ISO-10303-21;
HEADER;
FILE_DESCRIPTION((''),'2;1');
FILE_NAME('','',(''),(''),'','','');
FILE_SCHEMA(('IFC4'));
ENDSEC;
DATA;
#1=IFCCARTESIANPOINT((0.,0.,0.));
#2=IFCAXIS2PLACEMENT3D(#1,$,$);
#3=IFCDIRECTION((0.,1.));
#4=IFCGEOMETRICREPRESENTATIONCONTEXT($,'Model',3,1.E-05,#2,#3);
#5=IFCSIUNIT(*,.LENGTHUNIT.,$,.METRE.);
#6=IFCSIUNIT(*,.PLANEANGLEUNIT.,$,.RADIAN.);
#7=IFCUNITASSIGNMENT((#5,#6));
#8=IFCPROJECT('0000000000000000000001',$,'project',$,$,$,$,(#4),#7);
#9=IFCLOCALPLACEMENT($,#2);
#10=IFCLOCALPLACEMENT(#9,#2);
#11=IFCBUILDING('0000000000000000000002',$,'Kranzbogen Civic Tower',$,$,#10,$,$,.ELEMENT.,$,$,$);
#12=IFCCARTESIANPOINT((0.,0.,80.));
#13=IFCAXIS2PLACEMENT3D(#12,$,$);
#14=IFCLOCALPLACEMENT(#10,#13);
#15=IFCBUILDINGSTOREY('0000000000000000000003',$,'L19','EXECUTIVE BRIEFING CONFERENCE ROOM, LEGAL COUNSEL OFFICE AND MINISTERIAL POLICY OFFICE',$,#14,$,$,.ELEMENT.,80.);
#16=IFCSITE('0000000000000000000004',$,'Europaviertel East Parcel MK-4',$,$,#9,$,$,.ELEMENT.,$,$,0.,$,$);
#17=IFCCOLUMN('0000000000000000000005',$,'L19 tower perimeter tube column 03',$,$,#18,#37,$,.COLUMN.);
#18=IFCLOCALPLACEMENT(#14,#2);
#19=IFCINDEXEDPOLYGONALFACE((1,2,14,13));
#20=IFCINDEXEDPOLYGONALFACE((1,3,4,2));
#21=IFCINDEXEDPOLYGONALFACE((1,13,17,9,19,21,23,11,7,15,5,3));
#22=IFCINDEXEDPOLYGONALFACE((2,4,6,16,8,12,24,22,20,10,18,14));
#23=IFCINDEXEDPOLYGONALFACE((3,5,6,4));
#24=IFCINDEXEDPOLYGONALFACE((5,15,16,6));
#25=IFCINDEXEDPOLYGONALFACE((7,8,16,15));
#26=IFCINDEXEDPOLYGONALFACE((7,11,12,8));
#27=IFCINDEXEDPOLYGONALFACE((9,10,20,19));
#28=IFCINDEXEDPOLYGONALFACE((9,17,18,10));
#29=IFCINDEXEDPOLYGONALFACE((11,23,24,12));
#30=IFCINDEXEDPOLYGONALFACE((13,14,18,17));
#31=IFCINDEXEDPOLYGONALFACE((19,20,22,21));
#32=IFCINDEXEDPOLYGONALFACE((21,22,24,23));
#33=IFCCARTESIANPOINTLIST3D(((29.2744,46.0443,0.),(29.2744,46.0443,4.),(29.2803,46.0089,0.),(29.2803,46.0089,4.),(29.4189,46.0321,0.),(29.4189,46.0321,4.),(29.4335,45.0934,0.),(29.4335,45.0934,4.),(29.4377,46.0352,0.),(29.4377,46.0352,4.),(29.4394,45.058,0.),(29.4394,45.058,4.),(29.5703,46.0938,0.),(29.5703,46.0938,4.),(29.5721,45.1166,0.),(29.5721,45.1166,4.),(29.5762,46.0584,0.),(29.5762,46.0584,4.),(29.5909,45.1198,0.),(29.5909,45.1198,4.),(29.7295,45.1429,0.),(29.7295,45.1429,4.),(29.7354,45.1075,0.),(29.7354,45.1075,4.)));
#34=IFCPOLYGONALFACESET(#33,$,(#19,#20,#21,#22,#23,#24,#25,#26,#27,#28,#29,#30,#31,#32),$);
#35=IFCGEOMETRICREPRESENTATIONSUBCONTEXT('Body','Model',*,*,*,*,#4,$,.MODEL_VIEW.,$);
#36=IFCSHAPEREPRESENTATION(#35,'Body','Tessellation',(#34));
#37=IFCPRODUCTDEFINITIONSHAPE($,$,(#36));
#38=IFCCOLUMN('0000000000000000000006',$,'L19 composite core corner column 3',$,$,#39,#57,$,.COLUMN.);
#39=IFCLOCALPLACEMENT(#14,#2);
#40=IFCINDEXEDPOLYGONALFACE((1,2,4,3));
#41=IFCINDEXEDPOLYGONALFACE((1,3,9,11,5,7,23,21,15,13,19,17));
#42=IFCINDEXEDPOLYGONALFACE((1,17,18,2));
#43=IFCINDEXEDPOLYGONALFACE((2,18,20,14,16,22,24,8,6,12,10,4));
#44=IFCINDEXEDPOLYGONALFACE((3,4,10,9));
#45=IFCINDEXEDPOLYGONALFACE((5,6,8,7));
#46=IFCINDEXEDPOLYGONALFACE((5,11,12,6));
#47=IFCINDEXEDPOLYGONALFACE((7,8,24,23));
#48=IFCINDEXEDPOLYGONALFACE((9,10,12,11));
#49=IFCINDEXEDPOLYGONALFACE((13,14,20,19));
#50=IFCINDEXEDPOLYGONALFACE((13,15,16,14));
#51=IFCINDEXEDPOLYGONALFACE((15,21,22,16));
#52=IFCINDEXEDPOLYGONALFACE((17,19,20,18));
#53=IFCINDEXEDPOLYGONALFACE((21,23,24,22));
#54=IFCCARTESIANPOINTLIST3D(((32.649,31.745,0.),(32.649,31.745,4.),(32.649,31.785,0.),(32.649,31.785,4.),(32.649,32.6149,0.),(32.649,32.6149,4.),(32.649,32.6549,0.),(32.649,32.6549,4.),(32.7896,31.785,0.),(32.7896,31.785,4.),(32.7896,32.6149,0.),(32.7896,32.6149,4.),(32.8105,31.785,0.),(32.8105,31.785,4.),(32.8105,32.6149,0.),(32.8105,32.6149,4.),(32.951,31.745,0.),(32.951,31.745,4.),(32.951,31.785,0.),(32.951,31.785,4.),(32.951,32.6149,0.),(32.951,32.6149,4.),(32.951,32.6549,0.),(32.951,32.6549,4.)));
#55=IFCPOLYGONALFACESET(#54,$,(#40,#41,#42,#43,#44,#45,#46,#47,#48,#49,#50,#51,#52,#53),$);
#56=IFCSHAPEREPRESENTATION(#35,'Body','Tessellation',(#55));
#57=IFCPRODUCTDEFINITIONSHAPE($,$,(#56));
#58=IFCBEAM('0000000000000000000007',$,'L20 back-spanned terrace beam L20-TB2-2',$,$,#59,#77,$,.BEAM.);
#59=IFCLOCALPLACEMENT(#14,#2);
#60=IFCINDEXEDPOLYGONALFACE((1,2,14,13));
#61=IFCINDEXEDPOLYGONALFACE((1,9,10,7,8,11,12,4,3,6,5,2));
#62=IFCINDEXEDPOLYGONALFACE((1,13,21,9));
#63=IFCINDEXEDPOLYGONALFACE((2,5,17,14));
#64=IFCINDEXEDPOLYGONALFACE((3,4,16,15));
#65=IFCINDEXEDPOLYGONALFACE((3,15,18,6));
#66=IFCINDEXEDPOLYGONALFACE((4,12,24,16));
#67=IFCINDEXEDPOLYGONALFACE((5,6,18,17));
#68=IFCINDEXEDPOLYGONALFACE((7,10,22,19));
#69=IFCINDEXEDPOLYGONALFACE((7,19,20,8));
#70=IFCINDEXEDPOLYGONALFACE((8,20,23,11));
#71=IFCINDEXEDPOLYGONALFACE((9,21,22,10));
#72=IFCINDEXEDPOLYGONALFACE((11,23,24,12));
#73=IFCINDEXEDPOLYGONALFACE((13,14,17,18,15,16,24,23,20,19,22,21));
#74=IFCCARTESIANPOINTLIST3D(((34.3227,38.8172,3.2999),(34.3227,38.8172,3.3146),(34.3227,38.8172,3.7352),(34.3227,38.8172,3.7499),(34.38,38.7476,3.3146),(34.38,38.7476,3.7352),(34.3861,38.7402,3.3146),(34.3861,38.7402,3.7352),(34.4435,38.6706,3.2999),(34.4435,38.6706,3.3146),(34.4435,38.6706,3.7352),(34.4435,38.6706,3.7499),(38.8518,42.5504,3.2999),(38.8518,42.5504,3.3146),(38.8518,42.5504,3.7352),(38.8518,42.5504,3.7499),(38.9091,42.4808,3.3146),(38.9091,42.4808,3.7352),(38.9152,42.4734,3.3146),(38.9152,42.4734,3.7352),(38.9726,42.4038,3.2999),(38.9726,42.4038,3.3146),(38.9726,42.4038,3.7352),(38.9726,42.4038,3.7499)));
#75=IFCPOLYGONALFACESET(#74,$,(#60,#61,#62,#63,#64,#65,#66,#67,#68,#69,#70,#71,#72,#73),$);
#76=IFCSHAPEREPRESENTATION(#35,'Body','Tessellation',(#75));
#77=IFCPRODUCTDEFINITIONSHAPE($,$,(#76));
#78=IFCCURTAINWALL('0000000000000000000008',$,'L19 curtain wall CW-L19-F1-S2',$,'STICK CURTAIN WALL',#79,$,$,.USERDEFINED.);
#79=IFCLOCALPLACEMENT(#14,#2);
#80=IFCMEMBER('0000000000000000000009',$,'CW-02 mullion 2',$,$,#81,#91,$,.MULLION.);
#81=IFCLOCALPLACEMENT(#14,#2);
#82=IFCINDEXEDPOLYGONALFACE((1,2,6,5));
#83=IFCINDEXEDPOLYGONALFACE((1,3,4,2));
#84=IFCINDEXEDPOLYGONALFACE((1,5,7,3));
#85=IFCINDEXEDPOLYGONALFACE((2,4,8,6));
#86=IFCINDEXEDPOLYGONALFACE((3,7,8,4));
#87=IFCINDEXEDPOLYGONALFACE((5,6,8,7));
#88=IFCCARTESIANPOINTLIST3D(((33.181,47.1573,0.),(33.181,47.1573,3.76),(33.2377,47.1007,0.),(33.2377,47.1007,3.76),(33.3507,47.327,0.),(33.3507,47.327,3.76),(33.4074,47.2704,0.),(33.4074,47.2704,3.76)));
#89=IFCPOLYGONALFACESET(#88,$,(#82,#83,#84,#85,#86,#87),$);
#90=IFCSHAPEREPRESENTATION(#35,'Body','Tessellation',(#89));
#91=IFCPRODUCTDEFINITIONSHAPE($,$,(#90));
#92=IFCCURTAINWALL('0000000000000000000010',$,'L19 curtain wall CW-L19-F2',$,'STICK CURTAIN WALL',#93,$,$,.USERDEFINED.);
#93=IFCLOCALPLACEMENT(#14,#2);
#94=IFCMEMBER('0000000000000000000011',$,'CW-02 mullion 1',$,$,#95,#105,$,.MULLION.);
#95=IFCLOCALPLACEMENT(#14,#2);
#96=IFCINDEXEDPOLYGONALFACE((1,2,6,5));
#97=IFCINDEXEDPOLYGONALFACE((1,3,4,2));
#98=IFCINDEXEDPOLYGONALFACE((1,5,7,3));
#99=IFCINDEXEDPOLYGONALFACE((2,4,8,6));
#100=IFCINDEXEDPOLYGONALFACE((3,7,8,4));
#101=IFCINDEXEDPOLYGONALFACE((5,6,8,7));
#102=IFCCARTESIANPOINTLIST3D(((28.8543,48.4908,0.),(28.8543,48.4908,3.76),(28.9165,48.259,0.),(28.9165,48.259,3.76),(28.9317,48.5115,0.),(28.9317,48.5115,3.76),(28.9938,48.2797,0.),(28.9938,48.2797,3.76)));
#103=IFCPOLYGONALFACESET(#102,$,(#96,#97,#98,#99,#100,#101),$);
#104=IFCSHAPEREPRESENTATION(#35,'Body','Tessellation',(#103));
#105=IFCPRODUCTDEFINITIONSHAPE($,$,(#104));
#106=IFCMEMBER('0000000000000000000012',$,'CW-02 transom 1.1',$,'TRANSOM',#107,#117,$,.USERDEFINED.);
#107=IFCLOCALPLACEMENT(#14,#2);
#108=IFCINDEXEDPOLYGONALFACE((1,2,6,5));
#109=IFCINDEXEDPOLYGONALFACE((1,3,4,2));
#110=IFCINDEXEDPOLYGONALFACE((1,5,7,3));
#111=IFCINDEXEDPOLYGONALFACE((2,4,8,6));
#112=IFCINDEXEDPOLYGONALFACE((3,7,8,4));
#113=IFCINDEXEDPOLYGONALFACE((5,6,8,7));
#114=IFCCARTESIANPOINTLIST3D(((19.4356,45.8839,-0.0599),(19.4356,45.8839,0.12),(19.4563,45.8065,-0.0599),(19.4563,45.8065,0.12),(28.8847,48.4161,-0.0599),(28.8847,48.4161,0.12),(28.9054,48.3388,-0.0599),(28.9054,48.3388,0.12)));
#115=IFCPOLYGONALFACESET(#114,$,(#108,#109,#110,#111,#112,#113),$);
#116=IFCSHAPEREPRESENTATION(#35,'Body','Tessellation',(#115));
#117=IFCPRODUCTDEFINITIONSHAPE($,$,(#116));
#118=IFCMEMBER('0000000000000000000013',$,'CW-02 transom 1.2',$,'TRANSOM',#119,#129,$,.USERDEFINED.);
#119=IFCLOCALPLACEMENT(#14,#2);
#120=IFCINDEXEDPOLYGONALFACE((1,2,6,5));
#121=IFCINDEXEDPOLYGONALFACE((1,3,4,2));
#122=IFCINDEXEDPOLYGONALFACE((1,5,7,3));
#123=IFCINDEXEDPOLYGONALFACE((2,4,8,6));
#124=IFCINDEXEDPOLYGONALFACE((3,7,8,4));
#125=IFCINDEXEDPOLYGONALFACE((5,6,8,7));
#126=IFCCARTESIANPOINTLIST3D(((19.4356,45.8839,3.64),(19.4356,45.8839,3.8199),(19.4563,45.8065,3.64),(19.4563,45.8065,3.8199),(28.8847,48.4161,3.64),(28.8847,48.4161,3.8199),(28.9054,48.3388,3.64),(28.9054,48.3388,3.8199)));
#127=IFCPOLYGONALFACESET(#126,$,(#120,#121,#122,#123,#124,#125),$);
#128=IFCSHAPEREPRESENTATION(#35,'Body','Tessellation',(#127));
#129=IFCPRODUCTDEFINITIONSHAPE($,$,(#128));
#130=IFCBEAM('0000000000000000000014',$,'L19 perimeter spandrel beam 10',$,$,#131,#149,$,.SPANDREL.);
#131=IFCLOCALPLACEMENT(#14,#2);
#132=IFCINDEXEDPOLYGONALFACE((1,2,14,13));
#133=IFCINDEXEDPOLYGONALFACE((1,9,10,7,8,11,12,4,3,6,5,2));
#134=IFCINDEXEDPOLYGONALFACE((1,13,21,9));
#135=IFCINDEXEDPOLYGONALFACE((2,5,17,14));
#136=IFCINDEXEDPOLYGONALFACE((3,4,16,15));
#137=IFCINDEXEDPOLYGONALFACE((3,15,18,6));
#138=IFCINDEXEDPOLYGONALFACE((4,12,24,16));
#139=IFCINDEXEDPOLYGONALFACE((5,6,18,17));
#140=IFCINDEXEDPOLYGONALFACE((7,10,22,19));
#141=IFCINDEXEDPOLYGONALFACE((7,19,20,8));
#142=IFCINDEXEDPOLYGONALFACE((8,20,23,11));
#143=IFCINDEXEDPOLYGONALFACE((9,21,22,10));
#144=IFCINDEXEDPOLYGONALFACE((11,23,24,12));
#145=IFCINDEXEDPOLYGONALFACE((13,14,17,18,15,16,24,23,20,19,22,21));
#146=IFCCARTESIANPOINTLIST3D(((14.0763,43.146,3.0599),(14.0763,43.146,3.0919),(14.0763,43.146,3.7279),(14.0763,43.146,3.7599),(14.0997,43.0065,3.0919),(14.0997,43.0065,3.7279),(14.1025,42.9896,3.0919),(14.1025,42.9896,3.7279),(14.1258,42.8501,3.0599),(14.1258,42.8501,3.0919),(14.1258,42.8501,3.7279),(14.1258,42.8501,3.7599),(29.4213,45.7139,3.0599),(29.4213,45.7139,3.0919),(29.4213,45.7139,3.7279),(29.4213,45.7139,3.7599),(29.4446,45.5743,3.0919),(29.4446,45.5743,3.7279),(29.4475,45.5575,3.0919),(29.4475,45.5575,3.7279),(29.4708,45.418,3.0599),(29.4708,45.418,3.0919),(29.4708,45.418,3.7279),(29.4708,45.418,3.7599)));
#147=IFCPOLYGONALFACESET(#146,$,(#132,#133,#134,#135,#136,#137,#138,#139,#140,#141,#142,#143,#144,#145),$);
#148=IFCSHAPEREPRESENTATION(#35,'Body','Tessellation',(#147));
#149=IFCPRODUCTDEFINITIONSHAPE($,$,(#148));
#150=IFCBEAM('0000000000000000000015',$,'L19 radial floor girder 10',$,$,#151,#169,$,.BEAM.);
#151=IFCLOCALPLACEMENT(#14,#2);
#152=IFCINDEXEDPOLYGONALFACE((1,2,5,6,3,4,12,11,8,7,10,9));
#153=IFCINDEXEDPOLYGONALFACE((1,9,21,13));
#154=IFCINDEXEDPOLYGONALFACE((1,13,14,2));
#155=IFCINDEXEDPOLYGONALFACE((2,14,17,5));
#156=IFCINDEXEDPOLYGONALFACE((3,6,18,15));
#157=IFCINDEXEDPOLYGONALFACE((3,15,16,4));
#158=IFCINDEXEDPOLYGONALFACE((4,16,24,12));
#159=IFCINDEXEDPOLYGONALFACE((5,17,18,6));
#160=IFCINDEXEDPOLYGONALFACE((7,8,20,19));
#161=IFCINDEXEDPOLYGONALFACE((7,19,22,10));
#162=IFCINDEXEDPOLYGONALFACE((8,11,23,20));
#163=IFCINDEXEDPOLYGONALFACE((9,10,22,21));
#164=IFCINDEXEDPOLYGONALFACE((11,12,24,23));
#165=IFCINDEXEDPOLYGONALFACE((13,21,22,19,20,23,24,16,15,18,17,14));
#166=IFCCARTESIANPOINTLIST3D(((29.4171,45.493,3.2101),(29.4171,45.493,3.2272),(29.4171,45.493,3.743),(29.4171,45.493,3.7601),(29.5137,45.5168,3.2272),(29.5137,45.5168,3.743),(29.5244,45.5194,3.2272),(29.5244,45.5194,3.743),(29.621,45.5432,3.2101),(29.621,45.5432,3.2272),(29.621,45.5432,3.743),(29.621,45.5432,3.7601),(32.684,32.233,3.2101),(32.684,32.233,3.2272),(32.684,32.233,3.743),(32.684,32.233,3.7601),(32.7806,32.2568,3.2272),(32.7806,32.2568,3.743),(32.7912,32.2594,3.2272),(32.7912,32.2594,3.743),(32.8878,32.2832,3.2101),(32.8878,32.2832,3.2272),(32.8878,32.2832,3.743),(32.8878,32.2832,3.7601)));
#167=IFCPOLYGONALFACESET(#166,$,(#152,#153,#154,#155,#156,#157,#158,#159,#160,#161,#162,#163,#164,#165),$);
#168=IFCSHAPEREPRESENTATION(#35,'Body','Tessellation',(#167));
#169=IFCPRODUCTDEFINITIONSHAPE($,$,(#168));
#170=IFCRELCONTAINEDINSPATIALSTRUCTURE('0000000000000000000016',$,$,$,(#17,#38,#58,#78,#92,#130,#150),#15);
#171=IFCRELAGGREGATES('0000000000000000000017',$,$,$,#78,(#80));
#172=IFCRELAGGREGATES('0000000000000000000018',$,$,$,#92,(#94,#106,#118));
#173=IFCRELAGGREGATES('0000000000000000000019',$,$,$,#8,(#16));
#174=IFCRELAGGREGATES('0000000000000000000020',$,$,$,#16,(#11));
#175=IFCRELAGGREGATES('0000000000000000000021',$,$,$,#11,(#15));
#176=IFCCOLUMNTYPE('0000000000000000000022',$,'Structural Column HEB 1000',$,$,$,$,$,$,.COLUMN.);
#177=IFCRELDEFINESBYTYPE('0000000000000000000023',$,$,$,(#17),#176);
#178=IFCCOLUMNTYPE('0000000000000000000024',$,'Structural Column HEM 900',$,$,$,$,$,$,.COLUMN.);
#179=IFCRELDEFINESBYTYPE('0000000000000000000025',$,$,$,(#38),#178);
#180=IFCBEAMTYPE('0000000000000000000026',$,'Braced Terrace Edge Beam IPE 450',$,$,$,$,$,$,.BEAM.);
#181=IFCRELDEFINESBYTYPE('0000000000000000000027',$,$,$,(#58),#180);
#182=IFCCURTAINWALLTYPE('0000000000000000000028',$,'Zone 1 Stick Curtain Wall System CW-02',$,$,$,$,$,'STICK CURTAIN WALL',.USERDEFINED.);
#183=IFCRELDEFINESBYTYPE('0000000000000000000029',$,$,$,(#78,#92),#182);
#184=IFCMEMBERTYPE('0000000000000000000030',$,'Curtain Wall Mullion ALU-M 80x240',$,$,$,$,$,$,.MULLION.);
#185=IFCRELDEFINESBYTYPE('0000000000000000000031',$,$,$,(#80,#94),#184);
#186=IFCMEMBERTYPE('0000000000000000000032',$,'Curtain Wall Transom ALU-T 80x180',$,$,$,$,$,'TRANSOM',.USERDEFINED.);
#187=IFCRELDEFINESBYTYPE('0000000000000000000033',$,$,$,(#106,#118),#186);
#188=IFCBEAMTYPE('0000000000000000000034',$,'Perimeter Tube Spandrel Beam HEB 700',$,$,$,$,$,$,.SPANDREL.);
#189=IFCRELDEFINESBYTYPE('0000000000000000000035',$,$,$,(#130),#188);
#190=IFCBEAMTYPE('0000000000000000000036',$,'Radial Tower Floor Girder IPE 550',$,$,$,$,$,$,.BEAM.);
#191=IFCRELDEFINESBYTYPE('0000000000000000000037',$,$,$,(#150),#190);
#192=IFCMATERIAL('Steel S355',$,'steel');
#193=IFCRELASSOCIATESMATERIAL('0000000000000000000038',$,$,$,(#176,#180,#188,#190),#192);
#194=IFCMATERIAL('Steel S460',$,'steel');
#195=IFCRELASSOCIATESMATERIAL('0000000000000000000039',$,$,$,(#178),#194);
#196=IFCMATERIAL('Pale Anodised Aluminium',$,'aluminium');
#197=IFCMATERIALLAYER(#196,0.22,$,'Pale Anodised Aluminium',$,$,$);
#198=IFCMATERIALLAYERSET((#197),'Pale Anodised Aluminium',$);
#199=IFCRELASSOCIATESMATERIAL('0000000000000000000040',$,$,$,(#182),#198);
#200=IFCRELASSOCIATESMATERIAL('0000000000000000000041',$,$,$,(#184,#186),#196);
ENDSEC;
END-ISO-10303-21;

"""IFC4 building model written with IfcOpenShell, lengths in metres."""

from ifc_helpers import new_model, si_unit, direction, frame, origin, origin_2d, place, context, subcontext, project, spatial, rectangle, i_section, extrude, material, layer, layer_set, material_profile, profile_set, type_object, element, aggregate, save


model = new_model("IFC4")

# Units and contexts
model_context = context("Model", 3, precision=1e-05, world=origin(), true_north=direction((0.0, 1.0)))
body_context = subcontext(model_context, "Body", "Model", "MODEL_VIEW")
ifc_project = project(units=[si_unit("LENGTHUNIT", "METRE"), si_unit("PLANEANGLEUNIT", "RADIAN")], contexts=[model_context])

# Site, building, storey
site_placement = place(None, origin())
site = spatial("IfcSite", under=ifc_project, at=site_placement, Name="Europaviertel East Parcel MK-4", CompositionType="ELEMENT", RefElevation=0.0)
building_placement = place(site_placement, origin())
building = spatial("IfcBuilding", under=site, at=building_placement, Name="Kranzbogen Civic Tower", CompositionType="ELEMENT")
storey_placement = place(building_placement, frame((0.0, 0.0, 80.0)))
storey = spatial("IfcBuildingStorey", under=building, at=storey_placement, Name="L19", Description="EXECUTIVE BRIEFING CONFERENCE ROOM, LEGAL COUNSEL OFFICE AND MINISTERIAL POLICY OFFICE", CompositionType="ELEMENT", Elevation=80.0)

# Columns
ifc_material_1 = material(Name="Steel S355", Category="steel")
ifc_material_profile_1 = material_profile(ifc_material_1, i_section(OverallWidth=0.3, OverallDepth=1.0, WebThickness=0.019, FlangeThickness=0.0359, at=origin_2d()), Name="HEB 1000")
ifc_profile_set_1 = profile_set([ifc_material_profile_1], Name="Steel S355")
column_type_1 = type_object("IfcColumnType", Name="Structural Column HEB 1000", PredefinedType="COLUMN", material=ifc_profile_set_1)
column_1_placement = place(storey_placement, frame((29.5049, 45.5759, 0.0), z_axis=(0.0, 0.0, 1.0), x_axis=(0.986286, 0.165048, 0.0)))
element("IfcColumn", 1, at=column_1_placement, inside=storey, type_object=column_type_1, Name="L19 tower perimeter tube column 03", PredefinedType="COLUMN", context=body_context, shape_type="SweptSolid", body=[
    extrude(i_section(OverallWidth=0.3, OverallDepth=1.0, WebThickness=0.019, FlangeThickness=0.0359, at=origin_2d()), origin(), (0.0, 0.0, 1.0), 4.0),
])
ifc_material_2 = material(Name="Steel S460", Category="steel")
ifc_material_profile_2 = material_profile(ifc_material_2, i_section(OverallWidth=0.302, OverallDepth=0.9099, WebThickness=0.021, FlangeThickness=0.04, at=origin_2d()), Name="HEM 900")
ifc_profile_set_2 = profile_set([ifc_material_profile_2], Name="Steel S460")
column_type_2 = type_object("IfcColumnType", Name="Structural Column HEM 900", PredefinedType="COLUMN", material=ifc_profile_set_2)
column_2_placement = place(storey_placement, frame((32.8, 32.2, 0.0), z_axis=(0.0, 0.0, 1.0), x_axis=(1.0, 0.0, 0.0)))
element("IfcColumn", 2, at=column_2_placement, inside=storey, type_object=column_type_2, Name="L19 composite core corner column 3", PredefinedType="COLUMN", context=body_context, shape_type="SweptSolid", body=[
    extrude(i_section(OverallWidth=0.302, OverallDepth=0.9099, WebThickness=0.021, FlangeThickness=0.04, at=origin_2d()), origin(), (0.0, 0.0, 1.0), 4.0),
])

# Beam
ifc_material_profile_3 = material_profile(ifc_material_1, i_section(OverallWidth=0.1899, OverallDepth=0.45, WebThickness=0.0095, FlangeThickness=0.0146, at=origin_2d()), Name="IPE 450")
ifc_profile_set_3 = profile_set([ifc_material_profile_3], Name="Steel S355")
beam_type_1 = type_object("IfcBeamType", Name="Braced Terrace Edge Beam IPE 450", PredefinedType="BEAM", material=ifc_profile_set_3)
beam_1_placement = place(storey_placement, frame((34.3831, 38.7439, 3.5249), z_axis=(0.77165, 0.636047, 0.0), x_axis=(-0.636047, 0.77165, 0.0)))
element("IfcBeam", 3, at=beam_1_placement, inside=storey, type_object=beam_type_1, Name="L20 back-spanned terrace beam L20-TB2-2", PredefinedType="BEAM", context=body_context, shape_type="SweptSolid", body=[
    extrude(i_section(OverallWidth=0.1899, OverallDepth=0.45, WebThickness=0.0095, FlangeThickness=0.0146, at=origin_2d()), origin(), (0.0, 0.0, 1.0), 5.8694),
])

# Curtain wall, member
ifc_material_3 = material(Name="Pale Anodised Aluminium", Category="aluminium")
ifc_layer_1 = layer(ifc_material_3, 0.22, Name="Pale Anodised Aluminium")
ifc_layer_set_1 = layer_set([ifc_layer_1], Name="Pale Anodised Aluminium")
curtain_wall_type = type_object("IfcCurtainWallType", Name="Zone 1 Stick Curtain Wall System CW-02", ElementType="STICK CURTAIN WALL", PredefinedType="USERDEFINED", material=ifc_layer_set_1)
curtain_wall_1_placement = place(storey_placement, origin())
curtain_wall_1 = element("IfcCurtainWall", 4, at=curtain_wall_1_placement, inside=storey, type_object=curtain_wall_type, Name="L19 curtain wall CW-L19-F1-S2", ObjectType="STICK CURTAIN WALL", PredefinedType="USERDEFINED")
ifc_material_profile_4 = material_profile(ifc_material_3, rectangle(XDim=0.0801, YDim=0.24, at=origin_2d()), Name="ALU-M 80x240")
ifc_profile_set_4 = profile_set([ifc_material_profile_4], Name="Pale Anodised Aluminium")
member_type_1 = type_object("IfcMemberType", Name="Curtain Wall Mullion ALU-M 80x240", PredefinedType="MULLION", material=ifc_profile_set_4)
member_1_placement = place(storey_placement, frame((33.2942, 47.2139, 0.0), z_axis=(0.0, 0.0, 1.0), x_axis=(-0.707107, 0.707107, 0.0)))
member_1 = element("IfcMember", 5, at=member_1_placement, type_object=member_type_1, Name="CW-02 mullion 2", PredefinedType="MULLION", context=body_context, shape_type="SweptSolid", body=[
    extrude(rectangle(XDim=0.0801, YDim=0.24, at=origin_2d()), origin(), (0.0, 0.0, 1.0), 3.76),
])
aggregate(curtain_wall_1, [member_1])

# Curtain wall, members
curtain_wall_2_placement = place(storey_placement, origin())
curtain_wall_2 = element("IfcCurtainWall", 6, at=curtain_wall_2_placement, inside=storey, type_object=curtain_wall_type, Name="L19 curtain wall CW-L19-F2", ObjectType="STICK CURTAIN WALL", PredefinedType="USERDEFINED")
member_2_placement = place(storey_placement, frame((28.9241, 48.3853, 0.0), z_axis=(0.0, 0.0, 1.0), x_axis=(-0.965917, -0.258851, 0.0)))
member_2 = element("IfcMember", 7, at=member_2_placement, type_object=member_type_1, Name="CW-02 mullion 1", PredefinedType="MULLION", context=body_context, shape_type="SweptSolid", body=[
    extrude(rectangle(XDim=0.0801, YDim=0.24, at=origin_2d()), origin(), (0.0, 0.0, 1.0), 3.76),
])
ifc_material_profile_5 = material_profile(ifc_material_3, rectangle(XDim=0.0801, YDim=0.1799, at=origin_2d()), Name="ALU-T 80x180")
ifc_profile_set_5 = profile_set([ifc_material_profile_5], Name="Pale Anodised Aluminium")
member_type_2 = type_object("IfcMemberType", Name="Curtain Wall Transom ALU-T 80x180", ElementType="TRANSOM", PredefinedType="USERDEFINED", material=ifc_profile_set_5)
member_3_placement = place(storey_placement, frame((28.895, 48.3774, 0.03), z_axis=(-0.965916, -0.258855, 0.0), x_axis=(0.258855, -0.965916, 0.0)))
member_3 = element("IfcMember", 8, at=member_3_placement, type_object=member_type_2, Name="CW-02 transom 1.1", ObjectType="TRANSOM", PredefinedType="USERDEFINED", context=body_context, shape_type="SweptSolid", body=[
    extrude(rectangle(XDim=0.0801, YDim=0.1799, at=origin_2d()), origin(), (0.0, 0.0, 1.0), 9.7825),
])
member_4_placement = place(storey_placement, frame((28.895, 48.3774, 3.73), z_axis=(-0.965916, -0.258855, 0.0), x_axis=(0.258855, -0.965916, 0.0)))
member_4 = element("IfcMember", 9, at=member_4_placement, type_object=member_type_2, Name="CW-02 transom 1.2", ObjectType="TRANSOM", PredefinedType="USERDEFINED", context=body_context, shape_type="SweptSolid", body=[
    extrude(rectangle(XDim=0.0801, YDim=0.1799, at=origin_2d()), origin(), (0.0, 0.0, 1.0), 9.7825),
])

# Beams
ifc_material_profile_6 = material_profile(ifc_material_1, i_section(OverallWidth=0.3, OverallDepth=0.7, WebThickness=0.0171, FlangeThickness=0.032, at=origin_2d()), Name="HEB 700")
ifc_profile_set_6 = profile_set([ifc_material_profile_6], Name="Steel S355")
beam_type_2 = type_object("IfcBeamType", Name="Perimeter Tube Spandrel Beam HEB 700", PredefinedType="SPANDREL", material=ifc_profile_set_6)
beam_2_placement = place(storey_placement, frame((29.446, 45.5659, 3.4099), z_axis=(-0.986286, -0.165048, 0.0), x_axis=(0.165048, -0.986286, 0.0)))
element("IfcBeam", 10, at=beam_2_placement, inside=storey, type_object=beam_type_2, Name="L19 perimeter spandrel beam 10", PredefinedType="SPANDREL", context=body_context, shape_type="SweptSolid", body=[
    extrude(i_section(OverallWidth=0.3, OverallDepth=0.7, WebThickness=0.0171, FlangeThickness=0.032, at=origin_2d()), origin(), (0.0, 0.0, 1.0), 15.5583),
])
ifc_material_profile_7 = material_profile(ifc_material_1, i_section(OverallWidth=0.21, OverallDepth=0.55, WebThickness=0.011, FlangeThickness=0.0171, at=origin_2d()), Name="IPE 550")
ifc_profile_set_7 = profile_set([ifc_material_profile_7], Name="Steel S355")
beam_type_3 = type_object("IfcBeamType", Name="Radial Tower Floor Girder IPE 550", PredefinedType="BEAM", material=ifc_profile_set_7)
beam_3_placement = place(storey_placement, frame((29.519, 45.5181, 3.4851), z_axis=(0.239215, -0.970967, 0.0), x_axis=(0.970967, 0.239215, 0.0)))
element("IfcBeam", 11, at=beam_3_placement, inside=storey, type_object=beam_type_3, Name="L19 radial floor girder 10", PredefinedType="BEAM", context=body_context, shape_type="SweptSolid", body=[
    extrude(i_section(OverallWidth=0.21, OverallDepth=0.55, WebThickness=0.011, FlangeThickness=0.0171, at=origin_2d()), origin(), (0.0, 0.0, 1.0), 13.6565),
])

aggregate(curtain_wall_2, [member_2, member_3, member_4])

save(model, "model.ifc")
